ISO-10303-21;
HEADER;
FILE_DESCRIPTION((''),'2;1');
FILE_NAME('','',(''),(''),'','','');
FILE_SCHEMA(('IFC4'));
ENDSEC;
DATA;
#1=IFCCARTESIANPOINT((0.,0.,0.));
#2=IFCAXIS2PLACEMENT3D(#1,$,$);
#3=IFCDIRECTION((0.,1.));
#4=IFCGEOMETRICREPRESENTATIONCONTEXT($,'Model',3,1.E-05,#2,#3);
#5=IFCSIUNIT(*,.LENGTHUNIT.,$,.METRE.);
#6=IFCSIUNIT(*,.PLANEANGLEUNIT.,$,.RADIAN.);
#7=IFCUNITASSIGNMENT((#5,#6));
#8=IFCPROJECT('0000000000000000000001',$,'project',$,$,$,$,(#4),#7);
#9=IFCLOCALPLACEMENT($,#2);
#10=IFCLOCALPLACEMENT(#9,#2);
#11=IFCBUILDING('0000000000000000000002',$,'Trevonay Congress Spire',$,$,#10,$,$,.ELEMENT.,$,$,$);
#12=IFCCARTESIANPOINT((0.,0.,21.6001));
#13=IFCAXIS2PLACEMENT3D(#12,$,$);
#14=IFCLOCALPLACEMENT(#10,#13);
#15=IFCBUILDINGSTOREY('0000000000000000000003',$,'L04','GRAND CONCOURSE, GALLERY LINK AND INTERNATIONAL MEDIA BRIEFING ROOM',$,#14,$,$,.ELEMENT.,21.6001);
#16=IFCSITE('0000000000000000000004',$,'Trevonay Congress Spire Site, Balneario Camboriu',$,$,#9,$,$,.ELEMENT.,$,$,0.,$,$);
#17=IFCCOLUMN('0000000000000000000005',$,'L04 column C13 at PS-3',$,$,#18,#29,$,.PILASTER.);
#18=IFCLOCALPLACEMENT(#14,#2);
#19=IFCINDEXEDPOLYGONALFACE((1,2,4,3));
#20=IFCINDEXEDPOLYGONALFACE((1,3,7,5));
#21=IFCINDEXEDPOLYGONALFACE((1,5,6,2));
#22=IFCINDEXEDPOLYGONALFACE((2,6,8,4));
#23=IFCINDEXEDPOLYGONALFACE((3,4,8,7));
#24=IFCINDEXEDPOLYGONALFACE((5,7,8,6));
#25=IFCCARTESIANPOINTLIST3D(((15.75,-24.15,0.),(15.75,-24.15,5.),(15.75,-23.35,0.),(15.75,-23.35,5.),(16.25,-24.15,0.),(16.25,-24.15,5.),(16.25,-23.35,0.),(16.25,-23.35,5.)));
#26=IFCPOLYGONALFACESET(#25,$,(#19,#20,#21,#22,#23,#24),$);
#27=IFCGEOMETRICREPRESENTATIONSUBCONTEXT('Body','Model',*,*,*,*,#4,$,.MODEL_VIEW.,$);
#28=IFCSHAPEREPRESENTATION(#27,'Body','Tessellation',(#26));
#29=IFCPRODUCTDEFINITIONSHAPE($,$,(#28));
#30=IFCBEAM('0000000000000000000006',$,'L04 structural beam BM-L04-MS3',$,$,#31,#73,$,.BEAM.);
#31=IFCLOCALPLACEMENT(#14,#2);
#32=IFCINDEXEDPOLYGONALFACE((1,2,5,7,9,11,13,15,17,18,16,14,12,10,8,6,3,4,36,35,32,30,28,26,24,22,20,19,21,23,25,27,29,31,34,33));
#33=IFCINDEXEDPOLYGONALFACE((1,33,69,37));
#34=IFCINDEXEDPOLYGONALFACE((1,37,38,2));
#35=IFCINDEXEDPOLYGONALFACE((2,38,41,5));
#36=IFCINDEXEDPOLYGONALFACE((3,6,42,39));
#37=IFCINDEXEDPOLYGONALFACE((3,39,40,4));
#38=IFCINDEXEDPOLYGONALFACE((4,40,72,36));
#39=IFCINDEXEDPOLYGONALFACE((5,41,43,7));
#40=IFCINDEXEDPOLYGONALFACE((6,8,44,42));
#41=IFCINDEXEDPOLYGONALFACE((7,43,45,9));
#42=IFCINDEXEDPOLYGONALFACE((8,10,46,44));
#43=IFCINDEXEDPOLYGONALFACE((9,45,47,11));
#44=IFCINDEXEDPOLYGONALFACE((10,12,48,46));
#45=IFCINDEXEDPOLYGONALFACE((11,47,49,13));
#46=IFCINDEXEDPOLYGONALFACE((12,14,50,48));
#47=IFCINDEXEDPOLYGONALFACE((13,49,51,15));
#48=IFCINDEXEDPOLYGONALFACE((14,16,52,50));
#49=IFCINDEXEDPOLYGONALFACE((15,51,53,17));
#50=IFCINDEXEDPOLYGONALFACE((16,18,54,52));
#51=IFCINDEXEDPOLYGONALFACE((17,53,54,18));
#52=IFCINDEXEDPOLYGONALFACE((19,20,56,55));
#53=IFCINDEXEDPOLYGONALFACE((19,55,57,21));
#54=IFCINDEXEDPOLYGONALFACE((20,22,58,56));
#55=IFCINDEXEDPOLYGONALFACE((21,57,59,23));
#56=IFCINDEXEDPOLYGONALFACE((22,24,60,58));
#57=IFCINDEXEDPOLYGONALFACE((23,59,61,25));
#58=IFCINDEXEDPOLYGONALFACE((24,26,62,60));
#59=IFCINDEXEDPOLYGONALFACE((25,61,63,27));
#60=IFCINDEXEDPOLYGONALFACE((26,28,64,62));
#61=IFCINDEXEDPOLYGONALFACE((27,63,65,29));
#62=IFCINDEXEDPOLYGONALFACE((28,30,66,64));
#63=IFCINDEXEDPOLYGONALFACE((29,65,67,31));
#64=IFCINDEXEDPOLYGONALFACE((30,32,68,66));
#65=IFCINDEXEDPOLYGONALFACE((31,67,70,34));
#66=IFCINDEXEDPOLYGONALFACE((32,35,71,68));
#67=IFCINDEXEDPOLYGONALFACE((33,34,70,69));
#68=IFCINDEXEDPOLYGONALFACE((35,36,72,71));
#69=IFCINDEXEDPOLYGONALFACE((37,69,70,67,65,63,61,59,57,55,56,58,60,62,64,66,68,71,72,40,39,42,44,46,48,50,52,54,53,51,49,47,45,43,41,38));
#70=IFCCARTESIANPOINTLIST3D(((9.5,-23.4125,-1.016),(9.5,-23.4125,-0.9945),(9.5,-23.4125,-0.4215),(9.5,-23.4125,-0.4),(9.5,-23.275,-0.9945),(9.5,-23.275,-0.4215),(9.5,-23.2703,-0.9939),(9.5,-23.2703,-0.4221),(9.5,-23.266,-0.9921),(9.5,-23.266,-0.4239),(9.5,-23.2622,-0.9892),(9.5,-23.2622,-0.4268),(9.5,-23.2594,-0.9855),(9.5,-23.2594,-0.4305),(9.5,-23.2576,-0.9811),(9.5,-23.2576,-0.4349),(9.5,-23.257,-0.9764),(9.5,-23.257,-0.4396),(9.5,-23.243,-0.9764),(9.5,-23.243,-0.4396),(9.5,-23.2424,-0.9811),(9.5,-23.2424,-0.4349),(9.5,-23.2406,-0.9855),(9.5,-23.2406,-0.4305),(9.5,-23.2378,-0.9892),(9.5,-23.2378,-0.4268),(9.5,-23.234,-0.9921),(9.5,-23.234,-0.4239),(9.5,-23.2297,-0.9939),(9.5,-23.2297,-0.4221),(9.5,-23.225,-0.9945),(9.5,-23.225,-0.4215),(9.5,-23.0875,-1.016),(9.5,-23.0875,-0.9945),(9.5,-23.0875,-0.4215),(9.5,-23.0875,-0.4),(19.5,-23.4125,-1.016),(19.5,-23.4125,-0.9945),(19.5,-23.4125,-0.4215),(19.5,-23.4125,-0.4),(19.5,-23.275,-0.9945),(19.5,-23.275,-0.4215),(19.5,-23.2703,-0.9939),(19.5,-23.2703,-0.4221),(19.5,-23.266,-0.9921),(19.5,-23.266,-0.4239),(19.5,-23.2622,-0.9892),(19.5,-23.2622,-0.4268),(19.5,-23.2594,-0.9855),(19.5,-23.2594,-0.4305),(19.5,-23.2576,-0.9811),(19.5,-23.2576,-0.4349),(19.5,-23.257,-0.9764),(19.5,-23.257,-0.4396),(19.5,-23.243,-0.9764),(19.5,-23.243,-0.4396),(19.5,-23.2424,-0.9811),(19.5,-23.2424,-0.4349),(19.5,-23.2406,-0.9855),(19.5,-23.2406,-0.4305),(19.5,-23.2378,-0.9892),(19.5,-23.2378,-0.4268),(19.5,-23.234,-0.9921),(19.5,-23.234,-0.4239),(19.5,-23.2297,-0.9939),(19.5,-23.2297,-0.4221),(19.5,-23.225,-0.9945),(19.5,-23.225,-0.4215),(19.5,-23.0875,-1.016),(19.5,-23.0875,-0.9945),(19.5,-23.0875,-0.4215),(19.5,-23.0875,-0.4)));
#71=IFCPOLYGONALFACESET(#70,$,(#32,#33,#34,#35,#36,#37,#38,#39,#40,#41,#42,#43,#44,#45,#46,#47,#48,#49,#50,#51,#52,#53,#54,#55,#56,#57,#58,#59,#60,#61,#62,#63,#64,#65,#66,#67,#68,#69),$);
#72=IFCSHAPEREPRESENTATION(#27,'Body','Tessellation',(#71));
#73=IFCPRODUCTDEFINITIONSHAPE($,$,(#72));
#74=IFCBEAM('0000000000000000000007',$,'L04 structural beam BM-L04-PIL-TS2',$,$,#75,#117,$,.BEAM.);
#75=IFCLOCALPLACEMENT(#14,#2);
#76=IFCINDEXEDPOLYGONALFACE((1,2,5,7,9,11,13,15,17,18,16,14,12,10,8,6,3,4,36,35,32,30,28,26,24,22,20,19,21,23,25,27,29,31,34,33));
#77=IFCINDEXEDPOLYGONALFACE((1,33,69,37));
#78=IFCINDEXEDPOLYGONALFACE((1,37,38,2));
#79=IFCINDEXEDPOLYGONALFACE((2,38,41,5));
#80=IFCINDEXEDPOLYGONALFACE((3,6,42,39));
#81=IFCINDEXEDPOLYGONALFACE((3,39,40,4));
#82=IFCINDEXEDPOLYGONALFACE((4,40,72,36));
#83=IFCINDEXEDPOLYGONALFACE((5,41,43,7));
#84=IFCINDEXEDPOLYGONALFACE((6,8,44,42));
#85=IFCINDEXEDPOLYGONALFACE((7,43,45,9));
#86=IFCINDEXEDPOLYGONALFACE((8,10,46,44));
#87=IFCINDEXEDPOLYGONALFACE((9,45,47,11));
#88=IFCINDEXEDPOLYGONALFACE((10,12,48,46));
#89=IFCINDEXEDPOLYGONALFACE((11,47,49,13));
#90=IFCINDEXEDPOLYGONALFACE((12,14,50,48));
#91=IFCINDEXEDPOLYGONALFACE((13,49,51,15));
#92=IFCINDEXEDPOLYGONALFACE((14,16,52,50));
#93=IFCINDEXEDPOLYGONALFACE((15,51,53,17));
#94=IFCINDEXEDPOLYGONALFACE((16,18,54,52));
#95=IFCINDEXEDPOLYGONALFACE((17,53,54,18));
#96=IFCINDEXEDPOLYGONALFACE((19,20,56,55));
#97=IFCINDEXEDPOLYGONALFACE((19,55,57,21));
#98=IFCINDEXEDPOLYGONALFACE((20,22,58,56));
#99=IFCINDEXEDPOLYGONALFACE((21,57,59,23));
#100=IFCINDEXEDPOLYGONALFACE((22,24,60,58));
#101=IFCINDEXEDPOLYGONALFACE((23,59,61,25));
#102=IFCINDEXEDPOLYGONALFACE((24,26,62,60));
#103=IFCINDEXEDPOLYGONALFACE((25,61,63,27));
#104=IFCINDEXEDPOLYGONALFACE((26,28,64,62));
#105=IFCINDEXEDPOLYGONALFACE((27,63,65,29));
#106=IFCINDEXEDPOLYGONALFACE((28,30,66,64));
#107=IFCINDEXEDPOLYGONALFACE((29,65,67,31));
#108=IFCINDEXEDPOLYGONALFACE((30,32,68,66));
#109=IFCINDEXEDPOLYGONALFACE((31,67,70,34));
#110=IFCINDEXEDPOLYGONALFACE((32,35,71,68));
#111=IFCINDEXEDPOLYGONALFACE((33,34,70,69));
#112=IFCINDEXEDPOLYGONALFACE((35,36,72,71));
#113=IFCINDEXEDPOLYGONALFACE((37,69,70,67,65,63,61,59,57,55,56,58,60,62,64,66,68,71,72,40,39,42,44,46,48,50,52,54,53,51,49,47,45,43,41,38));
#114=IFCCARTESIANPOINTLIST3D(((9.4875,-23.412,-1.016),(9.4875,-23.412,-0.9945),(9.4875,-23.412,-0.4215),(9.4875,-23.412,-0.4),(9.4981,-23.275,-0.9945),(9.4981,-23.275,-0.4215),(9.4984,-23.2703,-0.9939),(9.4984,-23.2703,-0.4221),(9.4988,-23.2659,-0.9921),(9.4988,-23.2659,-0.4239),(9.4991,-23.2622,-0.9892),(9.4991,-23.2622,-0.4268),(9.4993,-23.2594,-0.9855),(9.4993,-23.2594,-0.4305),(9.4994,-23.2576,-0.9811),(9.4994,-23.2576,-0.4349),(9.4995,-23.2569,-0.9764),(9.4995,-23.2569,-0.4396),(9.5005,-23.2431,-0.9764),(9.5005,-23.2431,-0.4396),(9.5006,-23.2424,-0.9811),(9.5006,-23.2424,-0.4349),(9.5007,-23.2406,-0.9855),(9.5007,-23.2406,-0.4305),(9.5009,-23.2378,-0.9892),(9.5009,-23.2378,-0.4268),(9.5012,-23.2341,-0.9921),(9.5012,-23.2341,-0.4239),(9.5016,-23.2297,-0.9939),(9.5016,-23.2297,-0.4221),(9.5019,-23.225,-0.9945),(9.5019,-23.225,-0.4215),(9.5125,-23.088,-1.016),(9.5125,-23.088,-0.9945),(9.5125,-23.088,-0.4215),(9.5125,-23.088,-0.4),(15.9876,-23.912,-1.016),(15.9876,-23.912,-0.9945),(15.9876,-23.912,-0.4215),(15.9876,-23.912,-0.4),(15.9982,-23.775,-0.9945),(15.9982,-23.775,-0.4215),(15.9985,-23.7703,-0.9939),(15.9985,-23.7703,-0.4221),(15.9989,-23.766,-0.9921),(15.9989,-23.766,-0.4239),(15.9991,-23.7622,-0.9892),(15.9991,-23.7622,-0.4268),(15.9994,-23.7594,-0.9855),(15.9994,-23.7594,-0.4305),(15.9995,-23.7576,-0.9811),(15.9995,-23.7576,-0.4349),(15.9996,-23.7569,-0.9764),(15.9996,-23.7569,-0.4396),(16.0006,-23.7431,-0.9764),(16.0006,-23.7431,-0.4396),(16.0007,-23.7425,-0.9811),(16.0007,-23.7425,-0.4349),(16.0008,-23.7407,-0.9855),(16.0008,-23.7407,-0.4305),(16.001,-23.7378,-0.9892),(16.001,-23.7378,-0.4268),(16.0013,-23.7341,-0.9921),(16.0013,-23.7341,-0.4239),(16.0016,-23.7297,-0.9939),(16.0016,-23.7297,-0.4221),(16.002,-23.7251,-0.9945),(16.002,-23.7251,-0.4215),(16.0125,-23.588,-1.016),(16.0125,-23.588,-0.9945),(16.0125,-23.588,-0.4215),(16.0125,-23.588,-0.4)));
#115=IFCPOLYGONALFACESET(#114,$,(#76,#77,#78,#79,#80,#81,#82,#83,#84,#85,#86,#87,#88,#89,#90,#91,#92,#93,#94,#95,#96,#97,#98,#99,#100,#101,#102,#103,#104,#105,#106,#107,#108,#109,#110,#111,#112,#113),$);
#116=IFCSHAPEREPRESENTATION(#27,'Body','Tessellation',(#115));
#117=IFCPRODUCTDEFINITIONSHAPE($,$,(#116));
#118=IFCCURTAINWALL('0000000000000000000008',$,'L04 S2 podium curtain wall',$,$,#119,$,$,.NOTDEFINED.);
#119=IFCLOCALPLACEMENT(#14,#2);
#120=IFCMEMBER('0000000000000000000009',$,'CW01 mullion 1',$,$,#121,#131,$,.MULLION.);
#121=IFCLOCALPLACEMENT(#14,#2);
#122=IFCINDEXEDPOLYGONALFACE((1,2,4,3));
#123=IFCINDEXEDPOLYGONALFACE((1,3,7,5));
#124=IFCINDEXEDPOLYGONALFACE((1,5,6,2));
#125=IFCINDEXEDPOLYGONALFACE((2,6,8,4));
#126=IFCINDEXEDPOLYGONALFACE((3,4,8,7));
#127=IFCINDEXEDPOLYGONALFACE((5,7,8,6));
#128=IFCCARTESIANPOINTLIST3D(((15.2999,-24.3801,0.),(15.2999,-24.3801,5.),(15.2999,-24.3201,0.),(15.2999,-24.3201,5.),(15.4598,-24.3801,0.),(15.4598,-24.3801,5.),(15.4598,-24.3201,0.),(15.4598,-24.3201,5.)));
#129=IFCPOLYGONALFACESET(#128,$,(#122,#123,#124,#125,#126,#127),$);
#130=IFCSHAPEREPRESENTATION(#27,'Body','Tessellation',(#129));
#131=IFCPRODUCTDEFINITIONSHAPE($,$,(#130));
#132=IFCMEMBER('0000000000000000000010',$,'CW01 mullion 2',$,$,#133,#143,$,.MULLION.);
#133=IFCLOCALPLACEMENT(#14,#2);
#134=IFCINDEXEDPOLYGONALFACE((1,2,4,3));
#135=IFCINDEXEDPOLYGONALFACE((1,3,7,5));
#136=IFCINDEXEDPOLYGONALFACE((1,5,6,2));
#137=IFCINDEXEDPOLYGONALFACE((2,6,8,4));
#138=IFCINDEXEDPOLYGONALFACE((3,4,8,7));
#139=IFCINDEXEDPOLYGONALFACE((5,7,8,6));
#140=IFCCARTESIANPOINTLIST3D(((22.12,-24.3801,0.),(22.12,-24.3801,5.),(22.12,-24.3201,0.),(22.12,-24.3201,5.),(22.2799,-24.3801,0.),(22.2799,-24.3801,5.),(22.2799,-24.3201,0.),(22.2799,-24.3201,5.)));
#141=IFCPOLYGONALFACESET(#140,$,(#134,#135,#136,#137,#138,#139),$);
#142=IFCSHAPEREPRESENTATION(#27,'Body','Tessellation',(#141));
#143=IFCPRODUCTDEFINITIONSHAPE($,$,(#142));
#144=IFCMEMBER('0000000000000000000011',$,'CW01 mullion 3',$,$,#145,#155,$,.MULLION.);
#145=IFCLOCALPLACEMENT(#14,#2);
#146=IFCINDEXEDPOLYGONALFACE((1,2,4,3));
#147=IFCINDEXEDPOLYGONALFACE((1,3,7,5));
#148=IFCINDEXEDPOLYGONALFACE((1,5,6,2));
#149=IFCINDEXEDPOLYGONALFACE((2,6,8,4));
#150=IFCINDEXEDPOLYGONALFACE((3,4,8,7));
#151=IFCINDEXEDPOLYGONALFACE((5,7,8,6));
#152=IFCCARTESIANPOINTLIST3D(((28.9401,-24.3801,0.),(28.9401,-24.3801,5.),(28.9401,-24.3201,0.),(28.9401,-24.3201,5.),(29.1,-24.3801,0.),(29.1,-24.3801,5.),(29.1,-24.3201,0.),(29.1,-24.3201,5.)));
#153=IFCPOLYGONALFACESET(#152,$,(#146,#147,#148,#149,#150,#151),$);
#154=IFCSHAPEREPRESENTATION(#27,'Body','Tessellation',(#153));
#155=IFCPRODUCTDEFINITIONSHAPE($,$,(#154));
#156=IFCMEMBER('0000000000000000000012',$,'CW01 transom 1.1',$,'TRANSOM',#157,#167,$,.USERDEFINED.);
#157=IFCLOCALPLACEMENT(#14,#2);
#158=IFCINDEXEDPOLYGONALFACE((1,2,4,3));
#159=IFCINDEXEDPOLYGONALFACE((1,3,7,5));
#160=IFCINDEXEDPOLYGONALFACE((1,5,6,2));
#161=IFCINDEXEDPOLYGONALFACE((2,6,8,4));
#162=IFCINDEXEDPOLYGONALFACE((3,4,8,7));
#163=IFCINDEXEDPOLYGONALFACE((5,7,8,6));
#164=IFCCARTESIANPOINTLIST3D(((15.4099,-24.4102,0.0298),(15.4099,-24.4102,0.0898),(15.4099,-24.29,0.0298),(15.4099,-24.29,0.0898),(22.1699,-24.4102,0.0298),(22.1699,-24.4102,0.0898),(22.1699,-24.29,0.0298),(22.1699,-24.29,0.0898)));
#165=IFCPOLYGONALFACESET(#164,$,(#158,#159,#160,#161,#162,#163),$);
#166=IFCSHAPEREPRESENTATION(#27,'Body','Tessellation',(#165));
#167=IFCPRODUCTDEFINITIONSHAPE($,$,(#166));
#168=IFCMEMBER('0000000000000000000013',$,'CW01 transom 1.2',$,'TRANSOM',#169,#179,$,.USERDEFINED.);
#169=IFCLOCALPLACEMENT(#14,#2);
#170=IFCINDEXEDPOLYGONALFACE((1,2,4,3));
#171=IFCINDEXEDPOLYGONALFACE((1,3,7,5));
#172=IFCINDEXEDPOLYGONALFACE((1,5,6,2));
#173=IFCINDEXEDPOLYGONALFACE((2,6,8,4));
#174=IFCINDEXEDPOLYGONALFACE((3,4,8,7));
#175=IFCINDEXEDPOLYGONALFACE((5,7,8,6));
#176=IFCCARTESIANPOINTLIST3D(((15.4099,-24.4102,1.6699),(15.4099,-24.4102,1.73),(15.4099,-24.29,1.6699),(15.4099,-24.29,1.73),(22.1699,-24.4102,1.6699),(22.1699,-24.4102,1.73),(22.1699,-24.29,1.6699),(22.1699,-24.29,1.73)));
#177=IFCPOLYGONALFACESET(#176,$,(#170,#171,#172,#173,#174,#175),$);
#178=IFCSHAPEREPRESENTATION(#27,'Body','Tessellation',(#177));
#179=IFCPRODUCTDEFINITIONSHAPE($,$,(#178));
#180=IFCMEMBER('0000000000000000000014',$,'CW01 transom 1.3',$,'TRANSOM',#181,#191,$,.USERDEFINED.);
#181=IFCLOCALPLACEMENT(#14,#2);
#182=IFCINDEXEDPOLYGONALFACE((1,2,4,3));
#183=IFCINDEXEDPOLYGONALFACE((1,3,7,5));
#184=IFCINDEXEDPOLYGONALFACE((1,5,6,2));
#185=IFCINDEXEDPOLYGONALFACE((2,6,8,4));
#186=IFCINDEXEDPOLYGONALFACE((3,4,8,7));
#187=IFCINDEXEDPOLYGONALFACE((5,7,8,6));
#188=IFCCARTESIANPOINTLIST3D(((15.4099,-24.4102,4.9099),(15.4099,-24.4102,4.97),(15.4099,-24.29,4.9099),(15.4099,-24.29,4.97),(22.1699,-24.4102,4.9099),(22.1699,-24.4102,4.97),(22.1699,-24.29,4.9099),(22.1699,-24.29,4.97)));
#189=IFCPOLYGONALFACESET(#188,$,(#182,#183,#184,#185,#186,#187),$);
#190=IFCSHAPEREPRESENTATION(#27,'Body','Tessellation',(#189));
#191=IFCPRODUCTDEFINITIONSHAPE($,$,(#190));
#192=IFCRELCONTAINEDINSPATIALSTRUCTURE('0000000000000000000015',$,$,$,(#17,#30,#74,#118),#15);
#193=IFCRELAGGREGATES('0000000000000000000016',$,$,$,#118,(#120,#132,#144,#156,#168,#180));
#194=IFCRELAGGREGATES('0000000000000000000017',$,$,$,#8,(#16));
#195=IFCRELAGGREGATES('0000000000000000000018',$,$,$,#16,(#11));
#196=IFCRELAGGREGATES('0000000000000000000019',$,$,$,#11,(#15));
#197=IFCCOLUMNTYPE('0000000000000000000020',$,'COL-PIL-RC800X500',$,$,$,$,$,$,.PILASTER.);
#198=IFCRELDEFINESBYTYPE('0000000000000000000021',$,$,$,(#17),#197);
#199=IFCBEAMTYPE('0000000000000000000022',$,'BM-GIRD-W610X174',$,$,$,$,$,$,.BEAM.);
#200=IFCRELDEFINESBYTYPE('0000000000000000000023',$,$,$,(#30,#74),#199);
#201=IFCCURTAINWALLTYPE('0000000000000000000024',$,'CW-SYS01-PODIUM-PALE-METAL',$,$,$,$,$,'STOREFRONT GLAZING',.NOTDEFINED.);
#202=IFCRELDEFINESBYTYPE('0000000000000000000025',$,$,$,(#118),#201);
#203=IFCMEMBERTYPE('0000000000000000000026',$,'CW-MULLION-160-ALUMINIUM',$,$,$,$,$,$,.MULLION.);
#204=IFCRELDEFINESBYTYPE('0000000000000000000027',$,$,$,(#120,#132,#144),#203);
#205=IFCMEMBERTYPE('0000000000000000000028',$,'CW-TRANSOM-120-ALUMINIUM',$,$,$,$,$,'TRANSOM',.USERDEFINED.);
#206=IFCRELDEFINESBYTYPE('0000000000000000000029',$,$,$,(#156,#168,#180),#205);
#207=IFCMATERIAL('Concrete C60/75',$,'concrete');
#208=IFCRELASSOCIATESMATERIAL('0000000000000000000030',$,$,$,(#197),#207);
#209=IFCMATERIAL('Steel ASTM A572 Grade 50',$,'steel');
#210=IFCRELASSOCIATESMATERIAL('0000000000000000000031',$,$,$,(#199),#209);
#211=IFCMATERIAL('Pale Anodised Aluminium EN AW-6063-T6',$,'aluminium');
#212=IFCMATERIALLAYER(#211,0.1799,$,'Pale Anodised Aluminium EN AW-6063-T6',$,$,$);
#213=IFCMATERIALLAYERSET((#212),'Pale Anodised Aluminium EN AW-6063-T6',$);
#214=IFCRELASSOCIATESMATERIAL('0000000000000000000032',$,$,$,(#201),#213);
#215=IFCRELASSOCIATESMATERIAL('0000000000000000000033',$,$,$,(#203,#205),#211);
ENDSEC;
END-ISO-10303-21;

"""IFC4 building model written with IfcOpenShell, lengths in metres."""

from ifc_helpers import new_model, si_unit, direction, frame, origin, origin_2d, place, context, subcontext, project, spatial, rectangle, i_section, extrude, material, layer, layer_set, material_profile, profile_set, type_object, element, aggregate, save


model = new_model("IFC4")

# Units and contexts
model_context = context("Model", 3, precision=1e-05, world=origin(), true_north=direction((0.0, 1.0)))
body_context = subcontext(model_context, "Body", "Model", "MODEL_VIEW")
ifc_project = project(units=[si_unit("LENGTHUNIT", "METRE"), si_unit("PLANEANGLEUNIT", "RADIAN")], contexts=[model_context])

# Site, building, storey
site_placement = place(None, origin())
site = spatial("IfcSite", under=ifc_project, at=site_placement, Name="Trevonay Congress Spire Site, Balneario Camboriu", CompositionType="ELEMENT", RefElevation=0.0)
building_placement = place(site_placement, origin())
building = spatial("IfcBuilding", under=site, at=building_placement, Name="Trevonay Congress Spire", CompositionType="ELEMENT")
storey_placement = place(building_placement, frame((0.0, 0.0, 21.6001)))
storey = spatial("IfcBuildingStorey", under=building, at=storey_placement, Name="L04", Description="GRAND CONCOURSE, GALLERY LINK AND INTERNATIONAL MEDIA BRIEFING ROOM", CompositionType="ELEMENT", Elevation=21.6001)

# Column
ifc_material_1 = material(Name="Concrete C60/75", Category="concrete")
ifc_material_profile_1 = material_profile(ifc_material_1, rectangle(XDim=0.5, YDim=0.8, at=origin_2d()), Name="RC 800x500")
ifc_profile_set_1 = profile_set([ifc_material_profile_1], Name="Concrete C60/75")
column_type = type_object("IfcColumnType", Name="COL-PIL-RC800X500", PredefinedType="PILASTER", material=ifc_profile_set_1)
column_placement = place(storey_placement, frame((16.0, -23.75, 0.0), z_axis=(0.0, 0.0, 1.0), x_axis=(1.0, 0.0, 0.0)))
element("IfcColumn", 1, at=column_placement, inside=storey, type_object=column_type, Name="L04 column C13 at PS-3", PredefinedType="PILASTER", context=body_context, shape_type="SweptSolid", body=[
    extrude(rectangle(XDim=0.5, YDim=0.8, at=origin_2d()), origin(), (0.0, 0.0, 1.0), 5.0),
])

# Beams
ifc_material_2 = material(Name="Steel ASTM A572 Grade 50", Category="steel")
ifc_material_profile_2 = material_profile(ifc_material_2, i_section(OverallWidth=0.325, OverallDepth=0.616, WebThickness=0.0139, FlangeThickness=0.0215, FilletRadius=0.0181, at=origin_2d()), Name="W610x174")
ifc_profile_set_2 = profile_set([ifc_material_profile_2], Name="Steel ASTM A572 Grade 50")
beam_type_1 = type_object("IfcBeamType", Name="BM-GIRD-W610X174", PredefinedType="BEAM", material=ifc_profile_set_2)
beam_1_placement = place(storey_placement, frame((9.5, -23.25, -0.708), z_axis=(1.0, 0.0, 0.0), x_axis=(0.0, 1.0, 0.0)))
element("IfcBeam", 2, at=beam_1_placement, inside=storey, type_object=beam_type_1, Name="L04 structural beam BM-L04-MS3", PredefinedType="BEAM", context=body_context, shape_type="SweptSolid", body=[
    extrude(i_section(OverallWidth=0.325, OverallDepth=0.616, WebThickness=0.0139, FlangeThickness=0.0215, FilletRadius=0.0181, at=origin_2d()), origin(), (0.0, 0.0, 1.0), 10.0),
])
beam_2_placement = place(storey_placement, frame((9.5, -23.25, -0.708), z_axis=(0.997054, -0.076696, 0.0), x_axis=(0.076696, 0.997054, 0.0)))
element("IfcBeam", 3, at=beam_2_placement, inside=storey, type_object=beam_type_1, Name="L04 structural beam BM-L04-PIL-TS2", PredefinedType="BEAM", context=body_context, shape_type="SweptSolid", body=[
    extrude(i_section(OverallWidth=0.325, OverallDepth=0.616, WebThickness=0.0139, FlangeThickness=0.0215, FilletRadius=0.0181, at=origin_2d()), origin(), (0.0, 0.0, 1.0), 6.5193),
])

# Curtain wall, members
ifc_material_3 = material(Name="Pale Anodised Aluminium EN AW-6063-T6", Category="aluminium")
ifc_layer_1 = layer(ifc_material_3, 0.1799, Name="Pale Anodised Aluminium EN AW-6063-T6")
ifc_layer_set_1 = layer_set([ifc_layer_1], Name="Pale Anodised Aluminium EN AW-6063-T6")
curtain_wall_type = type_object("IfcCurtainWallType", Name="CW-SYS01-PODIUM-PALE-METAL", ElementType="STOREFRONT GLAZING", PredefinedType="NOTDEFINED", material=ifc_layer_set_1)
curtain_wall_placement = place(storey_placement, origin())
curtain_wall = element("IfcCurtainWall", 4, at=curtain_wall_placement, inside=storey, type_object=curtain_wall_type, Name="L04 S2 podium curtain wall", PredefinedType="NOTDEFINED")
ifc_material_profile_3 = material_profile(ifc_material_3, rectangle(XDim=0.0601, YDim=0.1599, at=origin_2d()), Name="CW-MULLION-160-ALUMINIUM")
ifc_profile_set_3 = profile_set([ifc_material_profile_3], Name="Pale Anodised Aluminium EN AW-6063-T6")
member_type_1 = type_object("IfcMemberType", Name="CW-MULLION-160-ALUMINIUM", PredefinedType="MULLION", material=ifc_profile_set_3)
member_1_placement = place(storey_placement, frame((15.3799, -24.3501, 0.0), z_axis=(0.0, 0.0, 1.0), x_axis=(0.0, 1.0, 0.0)))
member_1 = element("IfcMember", 5, at=member_1_placement, type_object=member_type_1, Name="CW01 mullion 1", PredefinedType="MULLION", context=body_context, shape_type="SweptSolid", body=[
    extrude(rectangle(XDim=0.0601, YDim=0.1599, at=origin_2d()), origin(), (0.0, 0.0, 1.0), 5.0),
])
member_2_placement = place(storey_placement, frame((22.2, -24.3501, 0.0), z_axis=(0.0, 0.0, 1.0), x_axis=(0.0, 1.0, 0.0)))
member_2 = element("IfcMember", 6, at=member_2_placement, type_object=member_type_1, Name="CW01 mullion 2", PredefinedType="MULLION", context=body_context, shape_type="SweptSolid", body=[
    extrude(rectangle(XDim=0.0601, YDim=0.1599, at=origin_2d()), origin(), (0.0, 0.0, 1.0), 5.0),
])
member_3_placement = place(storey_placement, frame((29.02, -24.3501, 0.0), z_axis=(0.0, 0.0, 1.0), x_axis=(0.0, 1.0, 0.0)))
member_3 = element("IfcMember", 7, at=member_3_placement, type_object=member_type_1, Name="CW01 mullion 3", PredefinedType="MULLION", context=body_context, shape_type="SweptSolid", body=[
    extrude(rectangle(XDim=0.0601, YDim=0.1599, at=origin_2d()), origin(), (0.0, 0.0, 1.0), 5.0),
])
ifc_material_profile_4 = material_profile(ifc_material_3, rectangle(XDim=0.1201, YDim=0.0601, at=origin_2d()), Name="CW-TRANSOM-120-ALUMINIUM")
ifc_profile_set_4 = profile_set([ifc_material_profile_4], Name="Pale Anodised Aluminium EN AW-6063-T6")
member_type_2 = type_object("IfcMemberType", Name="CW-TRANSOM-120-ALUMINIUM", ElementType="TRANSOM", PredefinedType="USERDEFINED", material=ifc_profile_set_4)
member_4_placement = place(storey_placement, frame((15.4099, -24.3501, 0.0598), z_axis=(1.0, 0.0, 0.0), x_axis=(0.0, 1.0, 0.0)))
member_4 = element("IfcMember", 8, at=member_4_placement, type_object=member_type_2, Name="CW01 transom 1.1", ObjectType="TRANSOM", PredefinedType="USERDEFINED", context=body_context, shape_type="SweptSolid", body=[
    extrude(rectangle(XDim=0.1201, YDim=0.0601, at=origin_2d()), origin(), (0.0, 0.0, 1.0), 6.76),
])
member_5_placement = place(storey_placement, frame((15.4099, -24.3501, 1.7), z_axis=(1.0, 0.0, 0.0), x_axis=(0.0, 1.0, 0.0)))
member_5 = element("IfcMember", 9, at=member_5_placement, type_object=member_type_2, Name="CW01 transom 1.2", ObjectType="TRANSOM", PredefinedType="USERDEFINED", context=body_context, shape_type="SweptSolid", body=[
    extrude(rectangle(XDim=0.1201, YDim=0.0601, at=origin_2d()), origin(), (0.0, 0.0, 1.0), 6.76),
])
member_6_placement = place(storey_placement, frame((15.4099, -24.3501, 4.9399), z_axis=(1.0, 0.0, 0.0), x_axis=(0.0, 1.0, 0.0)))
member_6 = element("IfcMember", 10, at=member_6_placement, type_object=member_type_2, Name="CW01 transom 1.3", ObjectType="TRANSOM", PredefinedType="USERDEFINED", context=body_context, shape_type="SweptSolid", body=[
    extrude(rectangle(XDim=0.1201, YDim=0.0601, at=origin_2d()), origin(), (0.0, 0.0, 1.0), 6.76),
])

aggregate(curtain_wall, [member_1, member_2, member_3, member_4, member_5, member_6])

save(model, "model.ifc")
